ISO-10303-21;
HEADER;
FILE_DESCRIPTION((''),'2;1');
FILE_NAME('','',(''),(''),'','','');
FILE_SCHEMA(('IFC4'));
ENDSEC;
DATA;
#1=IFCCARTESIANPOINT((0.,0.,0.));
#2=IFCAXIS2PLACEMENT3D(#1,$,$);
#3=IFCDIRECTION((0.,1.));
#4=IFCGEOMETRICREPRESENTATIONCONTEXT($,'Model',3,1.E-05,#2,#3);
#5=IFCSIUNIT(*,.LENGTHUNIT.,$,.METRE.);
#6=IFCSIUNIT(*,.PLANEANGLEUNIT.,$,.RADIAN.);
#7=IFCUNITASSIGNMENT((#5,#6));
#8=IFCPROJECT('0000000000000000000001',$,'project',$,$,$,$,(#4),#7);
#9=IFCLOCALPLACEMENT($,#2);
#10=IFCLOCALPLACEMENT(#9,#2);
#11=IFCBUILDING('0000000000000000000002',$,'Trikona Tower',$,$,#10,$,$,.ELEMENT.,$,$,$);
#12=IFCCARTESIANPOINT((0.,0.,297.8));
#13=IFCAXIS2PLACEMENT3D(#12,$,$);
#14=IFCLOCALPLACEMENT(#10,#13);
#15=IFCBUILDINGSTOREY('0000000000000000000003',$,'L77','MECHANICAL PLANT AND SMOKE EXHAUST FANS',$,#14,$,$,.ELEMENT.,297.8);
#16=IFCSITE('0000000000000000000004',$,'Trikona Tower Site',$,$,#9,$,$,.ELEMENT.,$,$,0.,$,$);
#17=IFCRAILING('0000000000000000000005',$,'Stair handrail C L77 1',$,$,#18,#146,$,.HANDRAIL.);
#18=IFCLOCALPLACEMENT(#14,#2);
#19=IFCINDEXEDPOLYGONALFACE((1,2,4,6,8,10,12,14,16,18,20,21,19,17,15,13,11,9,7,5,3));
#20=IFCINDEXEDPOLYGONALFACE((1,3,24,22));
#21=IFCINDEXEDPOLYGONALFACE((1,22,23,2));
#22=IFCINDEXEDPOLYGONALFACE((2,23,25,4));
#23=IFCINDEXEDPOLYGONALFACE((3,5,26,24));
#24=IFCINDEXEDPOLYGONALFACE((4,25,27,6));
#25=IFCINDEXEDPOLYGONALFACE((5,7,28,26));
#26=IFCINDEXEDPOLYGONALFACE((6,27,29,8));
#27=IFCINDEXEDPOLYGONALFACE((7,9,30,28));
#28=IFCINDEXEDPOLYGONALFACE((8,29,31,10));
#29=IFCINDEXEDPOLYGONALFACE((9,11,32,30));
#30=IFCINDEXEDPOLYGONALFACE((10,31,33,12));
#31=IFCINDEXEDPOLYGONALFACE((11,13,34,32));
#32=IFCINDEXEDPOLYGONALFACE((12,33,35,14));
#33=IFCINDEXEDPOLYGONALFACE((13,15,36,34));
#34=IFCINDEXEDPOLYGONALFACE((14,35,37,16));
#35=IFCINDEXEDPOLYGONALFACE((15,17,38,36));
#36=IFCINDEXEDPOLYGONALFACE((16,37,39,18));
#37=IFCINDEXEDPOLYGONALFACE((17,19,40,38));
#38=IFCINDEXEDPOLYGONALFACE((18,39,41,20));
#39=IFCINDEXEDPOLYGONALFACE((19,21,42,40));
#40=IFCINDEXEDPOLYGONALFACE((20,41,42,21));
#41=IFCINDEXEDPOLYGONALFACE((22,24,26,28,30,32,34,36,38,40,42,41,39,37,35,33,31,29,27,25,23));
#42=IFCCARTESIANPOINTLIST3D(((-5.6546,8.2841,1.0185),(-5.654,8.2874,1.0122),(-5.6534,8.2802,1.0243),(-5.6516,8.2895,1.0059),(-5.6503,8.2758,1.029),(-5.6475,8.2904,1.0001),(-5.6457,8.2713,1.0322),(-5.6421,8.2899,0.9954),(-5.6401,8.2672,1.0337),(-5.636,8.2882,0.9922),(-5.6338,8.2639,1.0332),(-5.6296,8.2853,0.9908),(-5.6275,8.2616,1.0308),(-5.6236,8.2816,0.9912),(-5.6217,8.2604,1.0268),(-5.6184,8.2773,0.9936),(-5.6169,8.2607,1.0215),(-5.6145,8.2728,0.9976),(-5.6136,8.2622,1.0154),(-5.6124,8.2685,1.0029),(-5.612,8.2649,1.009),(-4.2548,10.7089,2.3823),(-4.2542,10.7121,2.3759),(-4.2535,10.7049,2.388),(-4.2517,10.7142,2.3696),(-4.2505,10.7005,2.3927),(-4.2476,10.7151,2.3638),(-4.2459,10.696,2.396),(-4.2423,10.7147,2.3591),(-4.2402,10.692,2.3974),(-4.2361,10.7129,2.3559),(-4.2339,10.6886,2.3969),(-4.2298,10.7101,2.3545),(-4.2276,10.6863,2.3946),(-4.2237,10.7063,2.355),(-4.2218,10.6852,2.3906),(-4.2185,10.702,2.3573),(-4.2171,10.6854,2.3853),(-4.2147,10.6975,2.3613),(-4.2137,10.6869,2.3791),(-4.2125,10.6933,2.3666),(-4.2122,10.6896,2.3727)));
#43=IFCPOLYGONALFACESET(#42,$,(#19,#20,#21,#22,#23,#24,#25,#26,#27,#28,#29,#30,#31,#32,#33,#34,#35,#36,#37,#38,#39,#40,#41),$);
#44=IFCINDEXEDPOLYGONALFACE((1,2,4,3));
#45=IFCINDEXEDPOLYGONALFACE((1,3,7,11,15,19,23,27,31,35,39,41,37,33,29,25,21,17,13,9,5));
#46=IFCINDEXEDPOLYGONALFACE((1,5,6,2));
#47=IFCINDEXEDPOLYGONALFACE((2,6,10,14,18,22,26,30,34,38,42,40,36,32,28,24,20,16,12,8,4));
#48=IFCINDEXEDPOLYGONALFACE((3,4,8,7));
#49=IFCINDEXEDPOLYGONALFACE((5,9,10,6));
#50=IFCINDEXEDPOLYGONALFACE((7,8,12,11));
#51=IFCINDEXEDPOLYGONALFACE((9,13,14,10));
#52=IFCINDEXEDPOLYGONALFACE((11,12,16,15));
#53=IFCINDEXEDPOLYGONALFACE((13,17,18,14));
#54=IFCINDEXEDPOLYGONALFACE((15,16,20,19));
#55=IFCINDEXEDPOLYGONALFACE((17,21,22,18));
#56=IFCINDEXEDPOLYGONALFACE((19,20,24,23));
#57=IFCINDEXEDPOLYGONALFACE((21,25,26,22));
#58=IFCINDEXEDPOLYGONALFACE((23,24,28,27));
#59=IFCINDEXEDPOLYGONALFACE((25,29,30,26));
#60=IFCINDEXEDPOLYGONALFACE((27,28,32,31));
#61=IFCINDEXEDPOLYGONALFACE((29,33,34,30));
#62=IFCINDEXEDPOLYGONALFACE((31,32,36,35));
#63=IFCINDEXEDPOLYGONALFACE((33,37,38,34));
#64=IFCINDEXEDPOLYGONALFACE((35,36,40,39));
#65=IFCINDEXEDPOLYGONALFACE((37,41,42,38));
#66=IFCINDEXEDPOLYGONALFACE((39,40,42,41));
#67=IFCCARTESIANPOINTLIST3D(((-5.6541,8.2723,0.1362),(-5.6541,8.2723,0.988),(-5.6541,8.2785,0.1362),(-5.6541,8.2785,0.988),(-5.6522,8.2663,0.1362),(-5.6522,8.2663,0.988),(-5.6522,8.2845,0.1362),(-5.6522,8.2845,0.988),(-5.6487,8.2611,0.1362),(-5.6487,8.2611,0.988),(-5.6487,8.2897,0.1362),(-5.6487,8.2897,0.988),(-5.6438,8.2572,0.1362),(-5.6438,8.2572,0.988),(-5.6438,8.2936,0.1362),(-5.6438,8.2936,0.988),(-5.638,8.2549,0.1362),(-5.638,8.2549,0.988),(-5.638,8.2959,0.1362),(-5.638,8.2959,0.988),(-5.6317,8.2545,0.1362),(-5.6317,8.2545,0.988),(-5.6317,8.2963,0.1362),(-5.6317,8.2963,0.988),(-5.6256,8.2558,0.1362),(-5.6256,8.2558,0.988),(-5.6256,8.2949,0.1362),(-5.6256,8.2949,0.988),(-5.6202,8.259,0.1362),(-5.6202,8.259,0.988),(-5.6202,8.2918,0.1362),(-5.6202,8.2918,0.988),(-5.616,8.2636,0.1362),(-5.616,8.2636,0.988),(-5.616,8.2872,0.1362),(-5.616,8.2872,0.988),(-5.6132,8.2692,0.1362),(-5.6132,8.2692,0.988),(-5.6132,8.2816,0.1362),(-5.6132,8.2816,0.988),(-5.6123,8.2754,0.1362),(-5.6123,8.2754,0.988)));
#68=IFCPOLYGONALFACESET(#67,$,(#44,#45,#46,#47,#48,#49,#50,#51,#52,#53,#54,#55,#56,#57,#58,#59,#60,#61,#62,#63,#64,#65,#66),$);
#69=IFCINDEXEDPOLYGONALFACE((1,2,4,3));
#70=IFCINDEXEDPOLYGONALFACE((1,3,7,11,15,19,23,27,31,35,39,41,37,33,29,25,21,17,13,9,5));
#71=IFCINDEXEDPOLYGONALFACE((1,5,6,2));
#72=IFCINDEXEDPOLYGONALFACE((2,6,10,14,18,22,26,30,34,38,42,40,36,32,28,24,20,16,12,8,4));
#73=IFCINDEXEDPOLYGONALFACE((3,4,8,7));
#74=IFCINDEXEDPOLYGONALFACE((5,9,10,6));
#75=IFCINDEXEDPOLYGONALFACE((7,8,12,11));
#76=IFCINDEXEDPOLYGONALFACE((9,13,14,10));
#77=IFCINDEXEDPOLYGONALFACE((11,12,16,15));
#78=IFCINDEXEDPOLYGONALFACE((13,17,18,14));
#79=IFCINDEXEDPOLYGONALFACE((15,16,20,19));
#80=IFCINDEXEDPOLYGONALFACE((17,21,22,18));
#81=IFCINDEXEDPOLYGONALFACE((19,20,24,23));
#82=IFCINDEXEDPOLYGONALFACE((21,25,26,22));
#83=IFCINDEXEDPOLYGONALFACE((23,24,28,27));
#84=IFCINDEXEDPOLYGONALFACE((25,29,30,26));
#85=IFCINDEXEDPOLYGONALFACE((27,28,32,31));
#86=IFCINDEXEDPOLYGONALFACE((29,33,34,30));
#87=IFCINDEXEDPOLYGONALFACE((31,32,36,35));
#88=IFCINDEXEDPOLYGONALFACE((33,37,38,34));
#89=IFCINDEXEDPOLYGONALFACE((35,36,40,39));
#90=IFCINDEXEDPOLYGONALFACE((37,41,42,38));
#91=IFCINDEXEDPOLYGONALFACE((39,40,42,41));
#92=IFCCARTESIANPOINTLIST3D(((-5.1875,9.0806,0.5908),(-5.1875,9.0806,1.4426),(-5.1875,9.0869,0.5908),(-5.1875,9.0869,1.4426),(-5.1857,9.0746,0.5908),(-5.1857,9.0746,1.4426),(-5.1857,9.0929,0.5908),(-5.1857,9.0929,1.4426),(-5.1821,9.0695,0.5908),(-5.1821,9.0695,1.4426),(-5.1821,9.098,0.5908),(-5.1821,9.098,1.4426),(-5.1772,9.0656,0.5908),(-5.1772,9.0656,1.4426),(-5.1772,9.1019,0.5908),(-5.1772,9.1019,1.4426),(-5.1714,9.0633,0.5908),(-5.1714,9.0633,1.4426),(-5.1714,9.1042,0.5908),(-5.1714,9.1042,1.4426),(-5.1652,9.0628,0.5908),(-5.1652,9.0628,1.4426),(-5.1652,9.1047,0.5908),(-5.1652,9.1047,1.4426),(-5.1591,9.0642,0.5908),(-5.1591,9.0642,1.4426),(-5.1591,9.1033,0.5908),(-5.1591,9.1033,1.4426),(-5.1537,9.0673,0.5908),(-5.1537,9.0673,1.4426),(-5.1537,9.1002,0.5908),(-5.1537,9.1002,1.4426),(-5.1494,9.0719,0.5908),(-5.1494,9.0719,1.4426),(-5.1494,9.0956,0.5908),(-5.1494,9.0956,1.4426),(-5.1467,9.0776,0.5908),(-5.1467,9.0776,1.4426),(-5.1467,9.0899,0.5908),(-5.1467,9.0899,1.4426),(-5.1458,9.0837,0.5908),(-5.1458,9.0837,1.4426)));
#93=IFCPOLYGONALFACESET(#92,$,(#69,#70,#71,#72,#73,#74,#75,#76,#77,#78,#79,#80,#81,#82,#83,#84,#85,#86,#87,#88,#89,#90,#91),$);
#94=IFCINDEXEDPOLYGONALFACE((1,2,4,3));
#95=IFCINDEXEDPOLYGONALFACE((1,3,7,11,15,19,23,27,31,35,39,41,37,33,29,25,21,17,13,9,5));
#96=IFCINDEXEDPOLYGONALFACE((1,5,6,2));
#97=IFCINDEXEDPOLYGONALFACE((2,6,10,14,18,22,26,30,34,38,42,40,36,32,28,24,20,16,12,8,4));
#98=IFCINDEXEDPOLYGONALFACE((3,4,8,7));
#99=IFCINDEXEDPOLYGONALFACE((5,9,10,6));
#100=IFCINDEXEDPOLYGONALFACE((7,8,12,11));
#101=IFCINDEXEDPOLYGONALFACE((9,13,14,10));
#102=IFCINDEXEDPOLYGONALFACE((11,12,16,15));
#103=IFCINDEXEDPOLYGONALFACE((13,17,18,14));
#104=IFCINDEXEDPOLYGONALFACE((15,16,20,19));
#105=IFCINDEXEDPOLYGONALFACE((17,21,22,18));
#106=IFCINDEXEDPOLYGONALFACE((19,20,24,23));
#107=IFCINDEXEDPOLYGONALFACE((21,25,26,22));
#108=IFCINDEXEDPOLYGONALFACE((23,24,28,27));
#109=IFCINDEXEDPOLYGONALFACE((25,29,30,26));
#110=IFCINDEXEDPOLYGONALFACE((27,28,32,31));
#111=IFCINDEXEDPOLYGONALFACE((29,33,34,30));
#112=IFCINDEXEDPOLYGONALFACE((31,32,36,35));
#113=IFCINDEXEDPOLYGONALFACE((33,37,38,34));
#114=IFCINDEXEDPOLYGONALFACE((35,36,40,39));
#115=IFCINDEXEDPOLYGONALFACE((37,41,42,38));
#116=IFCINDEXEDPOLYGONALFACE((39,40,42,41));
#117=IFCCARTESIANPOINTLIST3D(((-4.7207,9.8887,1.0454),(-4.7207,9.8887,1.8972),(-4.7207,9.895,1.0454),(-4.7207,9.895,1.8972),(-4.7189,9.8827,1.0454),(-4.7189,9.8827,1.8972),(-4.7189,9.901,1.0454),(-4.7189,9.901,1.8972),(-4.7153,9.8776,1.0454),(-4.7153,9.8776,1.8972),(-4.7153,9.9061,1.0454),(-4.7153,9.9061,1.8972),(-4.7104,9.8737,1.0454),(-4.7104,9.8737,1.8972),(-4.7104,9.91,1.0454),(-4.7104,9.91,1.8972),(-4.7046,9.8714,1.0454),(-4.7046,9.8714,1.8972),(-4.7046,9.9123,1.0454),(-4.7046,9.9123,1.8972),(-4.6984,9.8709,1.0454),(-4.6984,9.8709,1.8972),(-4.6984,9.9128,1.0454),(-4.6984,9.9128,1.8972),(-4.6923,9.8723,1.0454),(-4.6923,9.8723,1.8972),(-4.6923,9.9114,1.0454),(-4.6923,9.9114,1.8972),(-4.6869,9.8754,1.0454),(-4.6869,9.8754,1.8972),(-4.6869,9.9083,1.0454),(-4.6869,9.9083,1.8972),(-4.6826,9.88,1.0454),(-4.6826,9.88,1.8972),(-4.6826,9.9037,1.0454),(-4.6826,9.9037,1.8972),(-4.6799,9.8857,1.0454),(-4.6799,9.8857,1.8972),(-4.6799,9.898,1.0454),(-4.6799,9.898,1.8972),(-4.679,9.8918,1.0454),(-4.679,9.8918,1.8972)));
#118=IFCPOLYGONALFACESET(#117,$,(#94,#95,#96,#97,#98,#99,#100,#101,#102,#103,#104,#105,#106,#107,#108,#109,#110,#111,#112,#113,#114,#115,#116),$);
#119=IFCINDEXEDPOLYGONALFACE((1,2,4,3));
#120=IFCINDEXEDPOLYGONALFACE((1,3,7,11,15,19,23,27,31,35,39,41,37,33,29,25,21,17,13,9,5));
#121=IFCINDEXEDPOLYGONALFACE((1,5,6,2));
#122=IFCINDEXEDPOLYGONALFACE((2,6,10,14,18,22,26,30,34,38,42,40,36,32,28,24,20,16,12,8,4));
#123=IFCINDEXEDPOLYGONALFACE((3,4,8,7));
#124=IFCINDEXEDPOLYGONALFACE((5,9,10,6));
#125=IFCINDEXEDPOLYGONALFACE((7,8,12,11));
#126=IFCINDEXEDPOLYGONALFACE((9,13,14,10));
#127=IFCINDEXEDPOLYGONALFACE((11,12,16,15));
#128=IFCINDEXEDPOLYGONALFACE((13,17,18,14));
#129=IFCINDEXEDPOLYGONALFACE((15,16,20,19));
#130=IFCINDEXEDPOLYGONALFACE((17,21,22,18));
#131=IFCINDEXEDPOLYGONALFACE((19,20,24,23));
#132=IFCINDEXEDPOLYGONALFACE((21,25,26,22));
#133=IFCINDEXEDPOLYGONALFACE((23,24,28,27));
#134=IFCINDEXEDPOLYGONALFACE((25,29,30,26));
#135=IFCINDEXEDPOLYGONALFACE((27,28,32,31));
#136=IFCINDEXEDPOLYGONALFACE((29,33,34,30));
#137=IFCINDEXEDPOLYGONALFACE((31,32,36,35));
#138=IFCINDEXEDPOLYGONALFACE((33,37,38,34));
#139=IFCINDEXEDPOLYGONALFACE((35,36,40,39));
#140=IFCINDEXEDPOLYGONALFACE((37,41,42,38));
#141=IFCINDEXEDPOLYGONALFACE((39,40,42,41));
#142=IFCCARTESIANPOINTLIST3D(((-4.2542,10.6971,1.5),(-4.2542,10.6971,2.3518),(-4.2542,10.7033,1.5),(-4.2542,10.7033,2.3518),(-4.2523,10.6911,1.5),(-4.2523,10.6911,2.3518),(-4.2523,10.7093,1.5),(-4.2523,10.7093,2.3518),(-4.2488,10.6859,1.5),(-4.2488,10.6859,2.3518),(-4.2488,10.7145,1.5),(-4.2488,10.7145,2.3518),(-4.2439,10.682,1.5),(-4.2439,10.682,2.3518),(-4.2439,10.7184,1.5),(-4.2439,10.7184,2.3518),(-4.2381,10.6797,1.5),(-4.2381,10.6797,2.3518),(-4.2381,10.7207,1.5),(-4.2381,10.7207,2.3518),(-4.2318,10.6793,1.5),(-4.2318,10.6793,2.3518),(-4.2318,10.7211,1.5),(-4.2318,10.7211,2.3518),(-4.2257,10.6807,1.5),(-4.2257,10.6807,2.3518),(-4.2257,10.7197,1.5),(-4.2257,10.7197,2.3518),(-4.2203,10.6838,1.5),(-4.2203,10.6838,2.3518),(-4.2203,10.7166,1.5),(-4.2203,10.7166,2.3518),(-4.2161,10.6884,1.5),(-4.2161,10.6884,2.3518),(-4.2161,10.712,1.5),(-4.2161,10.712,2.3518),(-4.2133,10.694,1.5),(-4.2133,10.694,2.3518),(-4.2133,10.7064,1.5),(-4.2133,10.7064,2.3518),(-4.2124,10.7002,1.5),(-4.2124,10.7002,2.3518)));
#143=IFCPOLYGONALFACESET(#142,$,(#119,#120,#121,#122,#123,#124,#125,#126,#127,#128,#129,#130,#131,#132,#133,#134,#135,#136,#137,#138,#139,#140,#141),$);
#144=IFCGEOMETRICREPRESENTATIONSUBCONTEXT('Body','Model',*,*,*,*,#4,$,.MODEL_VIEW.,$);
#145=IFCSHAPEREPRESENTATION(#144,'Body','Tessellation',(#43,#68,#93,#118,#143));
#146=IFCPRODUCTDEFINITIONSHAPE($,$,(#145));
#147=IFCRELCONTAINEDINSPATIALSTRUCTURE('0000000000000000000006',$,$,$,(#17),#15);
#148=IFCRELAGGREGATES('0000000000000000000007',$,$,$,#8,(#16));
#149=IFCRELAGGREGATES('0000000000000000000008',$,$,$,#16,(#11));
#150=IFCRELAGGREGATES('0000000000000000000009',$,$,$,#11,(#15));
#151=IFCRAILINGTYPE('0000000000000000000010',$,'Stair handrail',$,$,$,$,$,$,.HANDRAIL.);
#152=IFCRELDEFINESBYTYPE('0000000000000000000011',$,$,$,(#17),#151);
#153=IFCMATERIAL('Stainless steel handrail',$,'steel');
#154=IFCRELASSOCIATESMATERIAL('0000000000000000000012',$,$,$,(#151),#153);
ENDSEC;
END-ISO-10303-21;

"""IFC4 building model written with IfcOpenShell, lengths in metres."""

from ifc_helpers import new_model, si_unit, direction, frame, origin, origin_2d, place, context, subcontext, project, spatial, circle, extrude, material, type_object, element, save


model = new_model("IFC4")

# Units and contexts
model_context = context("Model", 3, precision=1e-05, world=origin(), true_north=direction((0.0, 1.0)))
body_context = subcontext(model_context, "Body", "Model", "MODEL_VIEW")
ifc_project = project(units=[si_unit("LENGTHUNIT", "METRE"), si_unit("PLANEANGLEUNIT", "RADIAN")], contexts=[model_context])

# Site, building, storey
site_placement = place(None, origin())
site = spatial("IfcSite", under=ifc_project, at=site_placement, Name="Trikona Tower Site", CompositionType="ELEMENT", RefElevation=0.0)
building_placement = place(site_placement, origin())
building = spatial("IfcBuilding", under=site, at=building_placement, Name="Trikona Tower", CompositionType="ELEMENT")
storey_placement = place(building_placement, frame((0.0, 0.0, 297.8)))
storey = spatial("IfcBuildingStorey", under=building, at=storey_placement, Name="L77", Description="MECHANICAL PLANT AND SMOKE EXHAUST FANS", CompositionType="ELEMENT", Elevation=297.8)

# Railing
ifc_material_1 = material(Name="Stainless steel handrail", Category="steel")
railing_type_1 = type_object("IfcRailingType", Name="Stair handrail", PredefinedType="HANDRAIL", material=ifc_material_1)
for number, where, name in (
    (1, (-5.6333, 8.2754, 0.1362), "Stair handrail C L77 1"),
):
    element("IfcRailing", number, at=place(storey_placement, frame(where)), inside=storey, type_object=railing_type_1, Name=name, PredefinedType="HANDRAIL", context=body_context, shape_type="SweptSolid", body=[
        extrude(circle(Radius=0.0239, at=origin_2d()), frame((0.0, 0.0, 0.876), z_axis=(0.449498, 0.778587, 0.437896), x_axis=(-0.866035, 0.499984, 0.0)), (0.0, 0.0, 1.0), 3.1143),
        extrude(circle(Radius=0.021, at=origin_2d()), origin(), (0.0, 0.0, 1.0), 0.8518),
        extrude(circle(Radius=0.021, at=origin_2d()), frame((0.4666, 0.8083, 0.4546)), (0.0, 0.0, 1.0), 0.8518),
        extrude(circle(Radius=0.021, at=origin_2d()), frame((0.9333, 1.6165, 0.9092)), (0.0, 0.0, 1.0), 0.8518),
        extrude(circle(Radius=0.021, at=origin_2d()), frame((1.3999, 2.4248, 1.3638)), (0.0, 0.0, 1.0), 0.8518),
    ])

save(model, "model.ifc")
